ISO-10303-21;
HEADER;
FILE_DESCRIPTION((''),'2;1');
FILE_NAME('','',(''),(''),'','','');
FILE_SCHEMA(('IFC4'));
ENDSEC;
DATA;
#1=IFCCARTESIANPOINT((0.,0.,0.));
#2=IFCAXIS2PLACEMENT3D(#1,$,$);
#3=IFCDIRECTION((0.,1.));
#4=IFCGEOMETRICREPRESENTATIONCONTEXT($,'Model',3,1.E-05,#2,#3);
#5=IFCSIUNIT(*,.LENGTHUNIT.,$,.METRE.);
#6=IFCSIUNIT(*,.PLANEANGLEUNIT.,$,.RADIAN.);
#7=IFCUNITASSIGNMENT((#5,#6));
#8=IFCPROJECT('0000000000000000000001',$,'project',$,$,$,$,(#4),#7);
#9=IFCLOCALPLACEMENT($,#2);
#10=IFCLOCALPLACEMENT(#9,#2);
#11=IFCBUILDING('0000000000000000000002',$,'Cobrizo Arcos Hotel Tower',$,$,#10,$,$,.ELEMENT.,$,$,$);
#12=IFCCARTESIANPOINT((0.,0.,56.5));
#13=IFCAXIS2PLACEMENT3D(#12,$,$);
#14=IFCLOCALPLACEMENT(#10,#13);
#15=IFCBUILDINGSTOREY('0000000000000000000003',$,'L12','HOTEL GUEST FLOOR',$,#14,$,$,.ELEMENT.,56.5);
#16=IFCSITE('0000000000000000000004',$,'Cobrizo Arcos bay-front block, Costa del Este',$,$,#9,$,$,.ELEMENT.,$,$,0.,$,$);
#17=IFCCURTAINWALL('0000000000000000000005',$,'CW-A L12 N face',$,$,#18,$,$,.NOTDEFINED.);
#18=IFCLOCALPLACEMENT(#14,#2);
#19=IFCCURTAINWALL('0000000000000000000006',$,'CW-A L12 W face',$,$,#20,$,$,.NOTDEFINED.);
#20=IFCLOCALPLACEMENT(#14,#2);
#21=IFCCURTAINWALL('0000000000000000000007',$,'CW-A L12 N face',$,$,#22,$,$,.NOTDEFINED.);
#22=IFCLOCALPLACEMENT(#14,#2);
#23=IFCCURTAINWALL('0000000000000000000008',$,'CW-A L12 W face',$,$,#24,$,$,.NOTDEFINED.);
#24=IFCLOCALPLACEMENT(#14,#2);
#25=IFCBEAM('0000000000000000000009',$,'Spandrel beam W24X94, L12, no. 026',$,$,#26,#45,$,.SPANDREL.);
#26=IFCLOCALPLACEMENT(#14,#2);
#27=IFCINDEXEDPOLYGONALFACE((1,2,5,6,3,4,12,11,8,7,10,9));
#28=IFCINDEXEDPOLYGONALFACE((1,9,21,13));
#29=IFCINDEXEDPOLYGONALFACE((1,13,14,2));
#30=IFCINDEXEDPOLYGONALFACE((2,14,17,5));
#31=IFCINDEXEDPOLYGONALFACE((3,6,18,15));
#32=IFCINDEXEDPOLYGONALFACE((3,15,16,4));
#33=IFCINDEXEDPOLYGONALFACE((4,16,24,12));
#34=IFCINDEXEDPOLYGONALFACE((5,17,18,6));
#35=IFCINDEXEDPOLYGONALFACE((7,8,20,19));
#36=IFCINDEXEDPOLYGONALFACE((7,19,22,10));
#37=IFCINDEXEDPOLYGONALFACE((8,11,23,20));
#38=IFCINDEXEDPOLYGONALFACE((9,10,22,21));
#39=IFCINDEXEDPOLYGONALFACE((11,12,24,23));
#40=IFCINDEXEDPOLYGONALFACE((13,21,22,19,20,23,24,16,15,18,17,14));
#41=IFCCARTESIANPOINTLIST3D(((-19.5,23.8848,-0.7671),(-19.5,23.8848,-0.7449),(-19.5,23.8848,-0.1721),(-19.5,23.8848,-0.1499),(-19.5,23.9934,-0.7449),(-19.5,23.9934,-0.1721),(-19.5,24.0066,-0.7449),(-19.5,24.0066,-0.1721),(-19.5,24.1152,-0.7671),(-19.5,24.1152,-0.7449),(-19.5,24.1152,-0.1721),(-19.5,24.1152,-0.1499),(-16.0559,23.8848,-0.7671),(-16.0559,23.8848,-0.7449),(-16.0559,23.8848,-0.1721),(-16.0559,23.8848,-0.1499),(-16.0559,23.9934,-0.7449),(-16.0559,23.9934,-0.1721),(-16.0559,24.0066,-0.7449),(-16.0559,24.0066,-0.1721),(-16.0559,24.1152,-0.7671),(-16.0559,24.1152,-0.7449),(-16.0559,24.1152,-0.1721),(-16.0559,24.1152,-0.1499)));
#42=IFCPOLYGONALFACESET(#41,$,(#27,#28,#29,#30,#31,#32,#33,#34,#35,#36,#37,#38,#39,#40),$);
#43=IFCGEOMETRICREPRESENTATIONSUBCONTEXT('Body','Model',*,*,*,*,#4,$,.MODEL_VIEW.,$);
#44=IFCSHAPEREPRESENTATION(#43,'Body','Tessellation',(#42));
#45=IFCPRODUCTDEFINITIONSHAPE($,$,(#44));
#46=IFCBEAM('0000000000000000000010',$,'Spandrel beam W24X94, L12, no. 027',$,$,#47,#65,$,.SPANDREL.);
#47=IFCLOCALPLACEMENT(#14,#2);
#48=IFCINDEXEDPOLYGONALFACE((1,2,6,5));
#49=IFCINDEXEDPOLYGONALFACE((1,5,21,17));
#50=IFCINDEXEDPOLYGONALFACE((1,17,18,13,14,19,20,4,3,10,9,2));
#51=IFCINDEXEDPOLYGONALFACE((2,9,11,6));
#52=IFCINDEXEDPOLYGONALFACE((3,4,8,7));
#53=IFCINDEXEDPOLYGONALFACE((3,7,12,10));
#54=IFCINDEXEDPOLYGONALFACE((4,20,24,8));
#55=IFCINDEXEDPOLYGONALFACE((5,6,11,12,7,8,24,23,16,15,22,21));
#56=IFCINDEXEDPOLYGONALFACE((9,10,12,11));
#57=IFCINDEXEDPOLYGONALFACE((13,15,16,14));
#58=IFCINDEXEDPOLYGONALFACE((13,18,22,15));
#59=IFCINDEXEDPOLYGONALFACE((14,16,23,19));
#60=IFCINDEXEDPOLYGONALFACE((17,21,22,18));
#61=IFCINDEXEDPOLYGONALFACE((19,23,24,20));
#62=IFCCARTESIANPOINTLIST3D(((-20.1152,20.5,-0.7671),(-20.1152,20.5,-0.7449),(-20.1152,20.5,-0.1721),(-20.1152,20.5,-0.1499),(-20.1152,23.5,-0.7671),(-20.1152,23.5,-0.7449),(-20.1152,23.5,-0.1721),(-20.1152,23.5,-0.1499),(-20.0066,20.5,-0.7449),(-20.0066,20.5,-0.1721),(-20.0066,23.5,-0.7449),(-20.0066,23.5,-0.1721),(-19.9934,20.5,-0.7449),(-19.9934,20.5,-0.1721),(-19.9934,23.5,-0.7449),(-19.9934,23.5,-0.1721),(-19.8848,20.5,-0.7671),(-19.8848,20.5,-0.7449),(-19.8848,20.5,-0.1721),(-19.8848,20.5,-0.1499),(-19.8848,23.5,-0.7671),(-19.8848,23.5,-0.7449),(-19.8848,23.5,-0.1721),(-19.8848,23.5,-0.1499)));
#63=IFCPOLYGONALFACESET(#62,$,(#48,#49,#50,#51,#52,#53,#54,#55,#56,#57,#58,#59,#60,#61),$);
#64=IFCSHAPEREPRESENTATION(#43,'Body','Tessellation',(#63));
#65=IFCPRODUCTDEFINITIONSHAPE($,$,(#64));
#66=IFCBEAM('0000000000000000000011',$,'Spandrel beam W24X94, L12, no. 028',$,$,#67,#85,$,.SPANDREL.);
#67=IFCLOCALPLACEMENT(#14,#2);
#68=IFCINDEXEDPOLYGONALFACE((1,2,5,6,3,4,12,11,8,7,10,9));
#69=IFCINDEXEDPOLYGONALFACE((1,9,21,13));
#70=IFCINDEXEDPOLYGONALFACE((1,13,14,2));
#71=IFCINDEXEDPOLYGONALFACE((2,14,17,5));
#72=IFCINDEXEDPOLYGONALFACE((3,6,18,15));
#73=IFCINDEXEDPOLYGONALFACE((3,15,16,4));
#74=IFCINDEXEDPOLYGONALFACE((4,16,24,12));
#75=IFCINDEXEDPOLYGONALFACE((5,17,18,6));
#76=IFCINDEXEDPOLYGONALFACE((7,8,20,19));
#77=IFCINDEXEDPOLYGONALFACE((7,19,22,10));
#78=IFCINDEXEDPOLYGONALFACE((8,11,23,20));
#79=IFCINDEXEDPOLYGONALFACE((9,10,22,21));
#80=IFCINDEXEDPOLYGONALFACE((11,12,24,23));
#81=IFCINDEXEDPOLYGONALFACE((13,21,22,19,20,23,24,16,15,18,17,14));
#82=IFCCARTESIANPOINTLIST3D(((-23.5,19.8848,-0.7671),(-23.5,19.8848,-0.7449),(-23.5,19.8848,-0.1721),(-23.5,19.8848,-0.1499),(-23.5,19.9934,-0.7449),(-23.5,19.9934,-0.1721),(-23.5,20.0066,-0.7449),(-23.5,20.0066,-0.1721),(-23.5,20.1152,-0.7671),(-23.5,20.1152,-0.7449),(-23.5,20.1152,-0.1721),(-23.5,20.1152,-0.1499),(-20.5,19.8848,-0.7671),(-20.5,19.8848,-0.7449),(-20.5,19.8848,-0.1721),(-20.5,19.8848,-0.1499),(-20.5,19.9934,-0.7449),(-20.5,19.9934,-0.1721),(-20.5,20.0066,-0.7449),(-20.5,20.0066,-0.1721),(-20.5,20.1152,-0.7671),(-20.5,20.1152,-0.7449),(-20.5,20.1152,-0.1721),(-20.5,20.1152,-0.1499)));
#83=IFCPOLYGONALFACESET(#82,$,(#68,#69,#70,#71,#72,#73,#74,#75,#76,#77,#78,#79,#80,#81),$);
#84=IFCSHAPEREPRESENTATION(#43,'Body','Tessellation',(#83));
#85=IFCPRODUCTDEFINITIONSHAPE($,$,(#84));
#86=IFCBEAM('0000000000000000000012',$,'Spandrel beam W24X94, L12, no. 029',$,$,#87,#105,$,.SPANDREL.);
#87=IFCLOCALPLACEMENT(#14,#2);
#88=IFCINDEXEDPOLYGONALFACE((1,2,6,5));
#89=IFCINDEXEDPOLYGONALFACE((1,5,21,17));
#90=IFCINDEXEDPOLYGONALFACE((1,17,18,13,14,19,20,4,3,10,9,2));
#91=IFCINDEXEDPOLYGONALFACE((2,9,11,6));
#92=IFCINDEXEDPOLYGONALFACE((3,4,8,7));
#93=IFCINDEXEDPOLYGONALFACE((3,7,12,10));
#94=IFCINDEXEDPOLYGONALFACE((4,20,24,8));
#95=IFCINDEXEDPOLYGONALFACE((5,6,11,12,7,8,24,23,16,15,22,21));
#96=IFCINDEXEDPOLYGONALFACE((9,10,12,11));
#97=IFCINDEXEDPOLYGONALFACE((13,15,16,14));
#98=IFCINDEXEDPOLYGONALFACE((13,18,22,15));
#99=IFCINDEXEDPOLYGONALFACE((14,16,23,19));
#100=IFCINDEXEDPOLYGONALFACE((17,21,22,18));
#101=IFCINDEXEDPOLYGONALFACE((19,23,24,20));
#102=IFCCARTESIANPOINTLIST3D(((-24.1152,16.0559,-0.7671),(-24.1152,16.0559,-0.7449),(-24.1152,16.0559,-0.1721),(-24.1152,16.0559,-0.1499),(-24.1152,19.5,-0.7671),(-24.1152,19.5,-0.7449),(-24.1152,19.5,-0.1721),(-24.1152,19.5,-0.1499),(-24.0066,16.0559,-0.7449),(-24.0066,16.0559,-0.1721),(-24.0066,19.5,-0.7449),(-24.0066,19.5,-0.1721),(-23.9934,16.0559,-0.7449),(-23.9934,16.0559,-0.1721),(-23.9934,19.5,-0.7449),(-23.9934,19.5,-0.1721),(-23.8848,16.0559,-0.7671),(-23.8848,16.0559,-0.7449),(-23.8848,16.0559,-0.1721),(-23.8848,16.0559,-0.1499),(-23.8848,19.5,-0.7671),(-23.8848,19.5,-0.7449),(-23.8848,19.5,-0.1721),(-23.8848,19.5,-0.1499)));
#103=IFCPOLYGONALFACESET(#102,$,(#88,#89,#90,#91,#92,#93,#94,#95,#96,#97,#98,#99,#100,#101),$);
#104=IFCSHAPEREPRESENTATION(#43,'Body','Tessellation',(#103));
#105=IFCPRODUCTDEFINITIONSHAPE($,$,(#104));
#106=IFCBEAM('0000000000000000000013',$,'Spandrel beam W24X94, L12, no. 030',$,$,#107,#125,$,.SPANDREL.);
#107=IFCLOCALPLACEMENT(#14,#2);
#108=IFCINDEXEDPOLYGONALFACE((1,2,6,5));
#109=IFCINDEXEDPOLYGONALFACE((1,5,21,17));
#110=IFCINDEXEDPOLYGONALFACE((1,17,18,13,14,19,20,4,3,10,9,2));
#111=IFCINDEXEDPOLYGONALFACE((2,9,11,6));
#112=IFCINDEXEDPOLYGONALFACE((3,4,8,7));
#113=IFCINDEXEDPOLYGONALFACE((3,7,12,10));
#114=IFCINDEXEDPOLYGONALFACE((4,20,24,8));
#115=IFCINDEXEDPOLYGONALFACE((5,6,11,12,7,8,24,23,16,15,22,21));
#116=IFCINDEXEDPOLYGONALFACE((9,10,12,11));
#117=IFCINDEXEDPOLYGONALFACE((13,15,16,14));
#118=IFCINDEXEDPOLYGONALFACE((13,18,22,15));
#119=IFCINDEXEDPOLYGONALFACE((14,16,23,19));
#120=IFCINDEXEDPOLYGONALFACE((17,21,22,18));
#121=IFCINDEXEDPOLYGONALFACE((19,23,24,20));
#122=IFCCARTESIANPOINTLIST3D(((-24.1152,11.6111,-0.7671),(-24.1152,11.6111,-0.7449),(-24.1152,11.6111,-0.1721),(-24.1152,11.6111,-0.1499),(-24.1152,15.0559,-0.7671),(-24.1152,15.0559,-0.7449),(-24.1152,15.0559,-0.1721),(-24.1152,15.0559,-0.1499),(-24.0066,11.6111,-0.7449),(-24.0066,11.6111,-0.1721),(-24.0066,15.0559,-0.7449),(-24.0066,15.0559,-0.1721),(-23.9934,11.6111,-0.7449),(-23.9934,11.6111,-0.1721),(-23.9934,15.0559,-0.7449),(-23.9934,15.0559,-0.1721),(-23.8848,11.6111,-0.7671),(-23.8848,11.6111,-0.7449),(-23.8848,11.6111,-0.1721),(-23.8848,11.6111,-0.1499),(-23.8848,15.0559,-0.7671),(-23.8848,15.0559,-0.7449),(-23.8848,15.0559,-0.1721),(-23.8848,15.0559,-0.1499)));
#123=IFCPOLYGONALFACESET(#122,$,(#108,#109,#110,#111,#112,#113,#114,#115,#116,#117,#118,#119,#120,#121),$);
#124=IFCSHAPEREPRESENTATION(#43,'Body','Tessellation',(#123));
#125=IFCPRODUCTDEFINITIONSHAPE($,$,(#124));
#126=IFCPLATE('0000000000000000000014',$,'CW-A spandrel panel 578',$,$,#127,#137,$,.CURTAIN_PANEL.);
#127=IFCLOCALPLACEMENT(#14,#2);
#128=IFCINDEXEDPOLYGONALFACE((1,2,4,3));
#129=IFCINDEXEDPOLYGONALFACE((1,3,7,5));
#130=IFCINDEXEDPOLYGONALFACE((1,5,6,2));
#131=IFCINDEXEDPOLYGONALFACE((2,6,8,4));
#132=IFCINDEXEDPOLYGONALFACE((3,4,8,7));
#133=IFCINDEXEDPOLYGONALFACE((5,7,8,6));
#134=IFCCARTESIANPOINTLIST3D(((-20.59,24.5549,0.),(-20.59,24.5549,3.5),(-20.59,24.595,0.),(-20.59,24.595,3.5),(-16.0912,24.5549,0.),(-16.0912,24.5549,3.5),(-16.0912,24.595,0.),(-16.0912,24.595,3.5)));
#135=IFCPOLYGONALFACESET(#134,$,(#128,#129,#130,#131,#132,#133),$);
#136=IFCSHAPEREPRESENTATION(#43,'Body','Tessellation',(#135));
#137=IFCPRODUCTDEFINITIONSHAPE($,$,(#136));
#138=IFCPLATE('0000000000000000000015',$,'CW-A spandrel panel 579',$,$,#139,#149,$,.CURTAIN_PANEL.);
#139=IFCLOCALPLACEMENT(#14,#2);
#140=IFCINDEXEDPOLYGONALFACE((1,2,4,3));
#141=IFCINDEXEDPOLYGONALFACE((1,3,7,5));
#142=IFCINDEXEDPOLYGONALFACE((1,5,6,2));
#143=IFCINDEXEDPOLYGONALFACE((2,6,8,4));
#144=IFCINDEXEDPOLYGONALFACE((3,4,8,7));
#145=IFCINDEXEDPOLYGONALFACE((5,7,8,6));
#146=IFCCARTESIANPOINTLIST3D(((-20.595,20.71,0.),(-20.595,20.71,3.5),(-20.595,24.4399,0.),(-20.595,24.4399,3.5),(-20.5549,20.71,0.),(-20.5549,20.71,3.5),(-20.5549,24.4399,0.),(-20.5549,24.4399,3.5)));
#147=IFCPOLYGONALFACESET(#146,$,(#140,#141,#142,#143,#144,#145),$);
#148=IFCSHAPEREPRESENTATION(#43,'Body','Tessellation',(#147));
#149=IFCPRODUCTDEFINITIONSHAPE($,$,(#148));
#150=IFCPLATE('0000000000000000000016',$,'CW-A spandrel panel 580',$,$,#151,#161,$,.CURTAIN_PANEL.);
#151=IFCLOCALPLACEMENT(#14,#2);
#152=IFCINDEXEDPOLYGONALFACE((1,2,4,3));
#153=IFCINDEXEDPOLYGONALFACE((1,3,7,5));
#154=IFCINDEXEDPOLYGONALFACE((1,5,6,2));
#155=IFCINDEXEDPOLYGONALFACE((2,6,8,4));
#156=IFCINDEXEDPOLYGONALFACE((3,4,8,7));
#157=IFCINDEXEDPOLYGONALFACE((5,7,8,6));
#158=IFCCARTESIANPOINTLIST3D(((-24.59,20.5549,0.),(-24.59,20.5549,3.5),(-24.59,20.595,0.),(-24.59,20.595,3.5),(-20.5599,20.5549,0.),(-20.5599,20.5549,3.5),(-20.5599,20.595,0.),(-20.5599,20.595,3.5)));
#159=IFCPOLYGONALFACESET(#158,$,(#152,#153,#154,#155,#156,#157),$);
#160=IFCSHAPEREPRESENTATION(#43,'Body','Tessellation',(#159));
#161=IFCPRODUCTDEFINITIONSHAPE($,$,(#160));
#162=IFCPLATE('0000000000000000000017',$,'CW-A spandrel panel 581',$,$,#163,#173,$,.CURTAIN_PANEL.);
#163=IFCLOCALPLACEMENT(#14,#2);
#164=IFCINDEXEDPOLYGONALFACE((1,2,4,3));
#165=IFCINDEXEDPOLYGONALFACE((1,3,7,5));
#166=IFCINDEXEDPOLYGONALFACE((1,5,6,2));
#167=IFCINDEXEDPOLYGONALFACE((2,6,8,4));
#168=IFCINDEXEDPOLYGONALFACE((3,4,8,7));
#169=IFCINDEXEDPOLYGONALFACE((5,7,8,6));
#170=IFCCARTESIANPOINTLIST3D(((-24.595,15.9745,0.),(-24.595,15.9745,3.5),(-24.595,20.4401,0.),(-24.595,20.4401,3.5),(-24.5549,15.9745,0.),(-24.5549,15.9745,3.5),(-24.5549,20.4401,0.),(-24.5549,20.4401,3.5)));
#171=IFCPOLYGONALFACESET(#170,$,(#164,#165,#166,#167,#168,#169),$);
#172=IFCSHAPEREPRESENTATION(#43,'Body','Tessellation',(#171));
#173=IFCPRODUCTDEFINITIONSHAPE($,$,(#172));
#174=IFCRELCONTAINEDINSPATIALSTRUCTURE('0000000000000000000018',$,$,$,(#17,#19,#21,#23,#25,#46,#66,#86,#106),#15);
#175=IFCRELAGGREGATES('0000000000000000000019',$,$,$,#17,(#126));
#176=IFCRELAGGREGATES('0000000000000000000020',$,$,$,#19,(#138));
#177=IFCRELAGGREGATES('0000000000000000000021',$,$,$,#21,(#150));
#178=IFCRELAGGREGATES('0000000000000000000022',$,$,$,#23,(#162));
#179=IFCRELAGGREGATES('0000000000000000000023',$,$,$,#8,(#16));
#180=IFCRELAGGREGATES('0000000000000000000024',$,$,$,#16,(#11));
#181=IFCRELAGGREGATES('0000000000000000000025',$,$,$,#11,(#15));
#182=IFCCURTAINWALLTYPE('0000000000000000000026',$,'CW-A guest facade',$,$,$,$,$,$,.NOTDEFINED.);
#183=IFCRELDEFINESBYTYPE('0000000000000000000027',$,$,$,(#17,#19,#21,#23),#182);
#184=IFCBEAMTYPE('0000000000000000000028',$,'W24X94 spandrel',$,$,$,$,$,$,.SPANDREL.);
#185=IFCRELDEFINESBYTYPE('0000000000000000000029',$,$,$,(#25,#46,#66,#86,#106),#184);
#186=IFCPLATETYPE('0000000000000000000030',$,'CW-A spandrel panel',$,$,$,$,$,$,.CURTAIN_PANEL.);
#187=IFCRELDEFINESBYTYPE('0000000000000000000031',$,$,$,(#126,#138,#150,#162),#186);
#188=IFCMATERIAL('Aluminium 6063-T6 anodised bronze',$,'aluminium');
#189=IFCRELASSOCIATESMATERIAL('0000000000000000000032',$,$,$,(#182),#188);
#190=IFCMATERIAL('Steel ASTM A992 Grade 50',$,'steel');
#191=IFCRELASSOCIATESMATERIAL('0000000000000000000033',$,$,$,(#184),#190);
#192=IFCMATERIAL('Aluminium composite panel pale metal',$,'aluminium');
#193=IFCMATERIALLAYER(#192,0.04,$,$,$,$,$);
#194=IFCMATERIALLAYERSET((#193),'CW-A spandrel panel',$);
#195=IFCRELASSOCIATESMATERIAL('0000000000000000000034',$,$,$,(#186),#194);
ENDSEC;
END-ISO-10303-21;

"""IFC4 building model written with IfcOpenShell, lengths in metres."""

from ifc_helpers import new_model, si_unit, direction, frame, origin, origin_2d, place, context, subcontext, project, spatial, rectangle, i_section, extrude, material, layer, layer_set, material_profile, profile_set, type_object, element, aggregate, save


model = new_model("IFC4")

# Units and contexts
model_context = context("Model", 3, precision=1e-05, world=origin(), true_north=direction((0.0, 1.0)))
body_context = subcontext(model_context, "Body", "Model", "MODEL_VIEW")
ifc_project = project(units=[si_unit("LENGTHUNIT", "METRE"), si_unit("PLANEANGLEUNIT", "RADIAN")], contexts=[model_context])

# Site, building, storey
site_placement = place(None, origin())
site = spatial("IfcSite", under=ifc_project, at=site_placement, Name="Cobrizo Arcos bay-front block, Costa del Este", CompositionType="ELEMENT", RefElevation=0.0)
building_placement = place(site_placement, origin())
building = spatial("IfcBuilding", under=site, at=building_placement, Name="Cobrizo Arcos Hotel Tower", CompositionType="ELEMENT")
storey_placement = place(building_placement, frame((0.0, 0.0, 56.5)))
storey = spatial("IfcBuildingStorey", under=building, at=storey_placement, Name="L12", Description="HOTEL GUEST FLOOR", CompositionType="ELEMENT", Elevation=56.5)

# Curtain walls
ifc_material_1 = material(Name="Aluminium 6063-T6 anodised bronze", Category="aluminium")
curtain_wall_type = type_object("IfcCurtainWallType", Name="CW-A guest facade", PredefinedType="NOTDEFINED", material=ifc_material_1)
curtain_wall_1_placement = place(storey_placement, origin())
curtain_wall_1 = element("IfcCurtainWall", 1, at=curtain_wall_1_placement, inside=storey, type_object=curtain_wall_type, Name="CW-A L12 N face", PredefinedType="NOTDEFINED")
curtain_wall_2_placement = place(storey_placement, origin())
curtain_wall_2 = element("IfcCurtainWall", 2, at=curtain_wall_2_placement, inside=storey, type_object=curtain_wall_type, Name="CW-A L12 W face", PredefinedType="NOTDEFINED")
curtain_wall_3_placement = place(storey_placement, origin())
curtain_wall_3 = element("IfcCurtainWall", 3, at=curtain_wall_3_placement, inside=storey, type_object=curtain_wall_type, Name="CW-A L12 N face", PredefinedType="NOTDEFINED")
curtain_wall_4_placement = place(storey_placement, origin())
curtain_wall_4 = element("IfcCurtainWall", 4, at=curtain_wall_4_placement, inside=storey, type_object=curtain_wall_type, Name="CW-A L12 W face", PredefinedType="NOTDEFINED")

# Beams
ifc_material_2 = material(Name="Steel ASTM A992 Grade 50", Category="steel")
ifc_material_profile_1 = material_profile(ifc_material_2, i_section(OverallWidth=0.2305, OverallDepth=0.6172, WebThickness=0.0132, FlangeThickness=0.0222, at=origin_2d()), Name="W24X94")
ifc_profile_set_1 = profile_set([ifc_material_profile_1], Name="Steel ASTM A992 Grade 50")
beam_type = type_object("IfcBeamType", Name="W24X94 spandrel", PredefinedType="SPANDREL", material=ifc_profile_set_1)
beam_1_placement = place(storey_placement, frame((-16.0559, 24.0, -0.4585), z_axis=(-1.0, 0.0, 0.0), x_axis=(0.0, -1.0, 0.0)))
element("IfcBeam", 5, at=beam_1_placement, inside=storey, type_object=beam_type, Name="Spandrel beam W24X94, L12, no. 026", PredefinedType="SPANDREL", context=body_context, shape_type="SweptSolid", body=[
    extrude(i_section(OverallWidth=0.2305, OverallDepth=0.6172, WebThickness=0.0132, FlangeThickness=0.0222, at=origin_2d()), origin(), (0.0, 0.0, 1.0), 3.4441),
])
for number, where, z_axis, x_axis, name in (
    (6, (-20.0, 23.5, -0.4585), (0.0, -1.0, 0.0), (1.0, 0.0, 0.0), "Spandrel beam W24X94, L12, no. 027"),
    (7, (-20.5, 20.0, -0.4585), (-1.0, 0.0, 0.0), (0.0, -1.0, 0.0), "Spandrel beam W24X94, L12, no. 028"),
):
    element("IfcBeam", number, at=place(storey_placement, frame(where, z_axis=z_axis, x_axis=x_axis)), inside=storey, type_object=beam_type, Name=name, PredefinedType="SPANDREL", context=body_context, shape_type="SweptSolid", body=[
        extrude(i_section(OverallWidth=0.2305, OverallDepth=0.6172, WebThickness=0.0132, FlangeThickness=0.0222, at=origin_2d()), origin(), (0.0, 0.0, 1.0), 3.0),
    ])
beam_2_placement = place(storey_placement, frame((-24.0, 19.5, -0.4585), z_axis=(0.0, -1.0, 0.0), x_axis=(1.0, 0.0, 0.0)))
element("IfcBeam", 8, at=beam_2_placement, inside=storey, type_object=beam_type, Name="Spandrel beam W24X94, L12, no. 029", PredefinedType="SPANDREL", context=body_context, shape_type="SweptSolid", body=[
    extrude(i_section(OverallWidth=0.2305, OverallDepth=0.6172, WebThickness=0.0132, FlangeThickness=0.0222, at=origin_2d()), origin(), (0.0, 0.0, 1.0), 3.4441),
])
beam_3_placement = place(storey_placement, frame((-24.0, 15.0559, -0.4585), z_axis=(0.0, -1.0, 0.0), x_axis=(1.0, 0.0, 0.0)))
element("IfcBeam", 9, at=beam_3_placement, inside=storey, type_object=beam_type, Name="Spandrel beam W24X94, L12, no. 030", PredefinedType="SPANDREL", context=body_context, shape_type="SweptSolid", body=[
    extrude(i_section(OverallWidth=0.2305, OverallDepth=0.6172, WebThickness=0.0132, FlangeThickness=0.0222, at=origin_2d()), origin(), (0.0, 0.0, 1.0), 3.4448),
])

# Plates
ifc_material_3 = material(Name="Aluminium composite panel pale metal", Category="aluminium")
ifc_layer_1 = layer(ifc_material_3, 0.04)
ifc_layer_set_1 = layer_set([ifc_layer_1], Name="CW-A spandrel panel")
plate_type = type_object("IfcPlateType", Name="CW-A spandrel panel", PredefinedType="CURTAIN_PANEL", material=ifc_layer_set_1)
plate_1_placement = place(storey_placement, frame((-18.3406, 24.575, 0.0), z_axis=(0.0, 0.0, 1.0), x_axis=(-1.0, 0.0, 0.0)))
plate_1 = element("IfcPlate", 10, at=plate_1_placement, type_object=plate_type, Name="CW-A spandrel panel 578", PredefinedType="CURTAIN_PANEL", context=body_context, shape_type="SweptSolid", body=[
    extrude(rectangle(XDim=4.4988, YDim=0.04, at=origin_2d()), origin(), (0.0, 0.0, 1.0), 3.5),
])
aggregate(curtain_wall_1, [plate_1])
plate_2_placement = place(storey_placement, frame((-20.575, 22.575, 0.0), z_axis=(0.0, 0.0, 1.0), x_axis=(0.0, -1.0, 0.0)))
plate_2 = element("IfcPlate", 11, at=plate_2_placement, type_object=plate_type, Name="CW-A spandrel panel 579", PredefinedType="CURTAIN_PANEL", context=body_context, shape_type="SweptSolid", body=[
    extrude(rectangle(XDim=3.73, YDim=0.04, at=origin_2d()), origin(), (0.0, 0.0, 1.0), 3.5),
])
aggregate(curtain_wall_2, [plate_2])
plate_3_placement = place(storey_placement, frame((-22.575, 20.575, 0.0), z_axis=(0.0, 0.0, 1.0), x_axis=(-1.0, 0.0, 0.0)))
plate_3 = element("IfcPlate", 12, at=plate_3_placement, type_object=plate_type, Name="CW-A spandrel panel 580", PredefinedType="CURTAIN_PANEL", context=body_context, shape_type="SweptSolid", body=[
    extrude(rectangle(XDim=4.03, YDim=0.04, at=origin_2d()), origin(), (0.0, 0.0, 1.0), 3.5),
])
aggregate(curtain_wall_3, [plate_3])
plate_4_placement = place(storey_placement, frame((-24.575, 18.2073, 0.0), z_axis=(0.0, 0.0, 1.0), x_axis=(0.0, -1.0, 0.0)))
plate_4 = element("IfcPlate", 13, at=plate_4_placement, type_object=plate_type, Name="CW-A spandrel panel 581", PredefinedType="CURTAIN_PANEL", context=body_context, shape_type="SweptSolid", body=[
    extrude(rectangle(XDim=4.4656, YDim=0.04, at=origin_2d()), origin(), (0.0, 0.0, 1.0), 3.5),
])
aggregate(curtain_wall_4, [plate_4])

save(model, "model.ifc")
